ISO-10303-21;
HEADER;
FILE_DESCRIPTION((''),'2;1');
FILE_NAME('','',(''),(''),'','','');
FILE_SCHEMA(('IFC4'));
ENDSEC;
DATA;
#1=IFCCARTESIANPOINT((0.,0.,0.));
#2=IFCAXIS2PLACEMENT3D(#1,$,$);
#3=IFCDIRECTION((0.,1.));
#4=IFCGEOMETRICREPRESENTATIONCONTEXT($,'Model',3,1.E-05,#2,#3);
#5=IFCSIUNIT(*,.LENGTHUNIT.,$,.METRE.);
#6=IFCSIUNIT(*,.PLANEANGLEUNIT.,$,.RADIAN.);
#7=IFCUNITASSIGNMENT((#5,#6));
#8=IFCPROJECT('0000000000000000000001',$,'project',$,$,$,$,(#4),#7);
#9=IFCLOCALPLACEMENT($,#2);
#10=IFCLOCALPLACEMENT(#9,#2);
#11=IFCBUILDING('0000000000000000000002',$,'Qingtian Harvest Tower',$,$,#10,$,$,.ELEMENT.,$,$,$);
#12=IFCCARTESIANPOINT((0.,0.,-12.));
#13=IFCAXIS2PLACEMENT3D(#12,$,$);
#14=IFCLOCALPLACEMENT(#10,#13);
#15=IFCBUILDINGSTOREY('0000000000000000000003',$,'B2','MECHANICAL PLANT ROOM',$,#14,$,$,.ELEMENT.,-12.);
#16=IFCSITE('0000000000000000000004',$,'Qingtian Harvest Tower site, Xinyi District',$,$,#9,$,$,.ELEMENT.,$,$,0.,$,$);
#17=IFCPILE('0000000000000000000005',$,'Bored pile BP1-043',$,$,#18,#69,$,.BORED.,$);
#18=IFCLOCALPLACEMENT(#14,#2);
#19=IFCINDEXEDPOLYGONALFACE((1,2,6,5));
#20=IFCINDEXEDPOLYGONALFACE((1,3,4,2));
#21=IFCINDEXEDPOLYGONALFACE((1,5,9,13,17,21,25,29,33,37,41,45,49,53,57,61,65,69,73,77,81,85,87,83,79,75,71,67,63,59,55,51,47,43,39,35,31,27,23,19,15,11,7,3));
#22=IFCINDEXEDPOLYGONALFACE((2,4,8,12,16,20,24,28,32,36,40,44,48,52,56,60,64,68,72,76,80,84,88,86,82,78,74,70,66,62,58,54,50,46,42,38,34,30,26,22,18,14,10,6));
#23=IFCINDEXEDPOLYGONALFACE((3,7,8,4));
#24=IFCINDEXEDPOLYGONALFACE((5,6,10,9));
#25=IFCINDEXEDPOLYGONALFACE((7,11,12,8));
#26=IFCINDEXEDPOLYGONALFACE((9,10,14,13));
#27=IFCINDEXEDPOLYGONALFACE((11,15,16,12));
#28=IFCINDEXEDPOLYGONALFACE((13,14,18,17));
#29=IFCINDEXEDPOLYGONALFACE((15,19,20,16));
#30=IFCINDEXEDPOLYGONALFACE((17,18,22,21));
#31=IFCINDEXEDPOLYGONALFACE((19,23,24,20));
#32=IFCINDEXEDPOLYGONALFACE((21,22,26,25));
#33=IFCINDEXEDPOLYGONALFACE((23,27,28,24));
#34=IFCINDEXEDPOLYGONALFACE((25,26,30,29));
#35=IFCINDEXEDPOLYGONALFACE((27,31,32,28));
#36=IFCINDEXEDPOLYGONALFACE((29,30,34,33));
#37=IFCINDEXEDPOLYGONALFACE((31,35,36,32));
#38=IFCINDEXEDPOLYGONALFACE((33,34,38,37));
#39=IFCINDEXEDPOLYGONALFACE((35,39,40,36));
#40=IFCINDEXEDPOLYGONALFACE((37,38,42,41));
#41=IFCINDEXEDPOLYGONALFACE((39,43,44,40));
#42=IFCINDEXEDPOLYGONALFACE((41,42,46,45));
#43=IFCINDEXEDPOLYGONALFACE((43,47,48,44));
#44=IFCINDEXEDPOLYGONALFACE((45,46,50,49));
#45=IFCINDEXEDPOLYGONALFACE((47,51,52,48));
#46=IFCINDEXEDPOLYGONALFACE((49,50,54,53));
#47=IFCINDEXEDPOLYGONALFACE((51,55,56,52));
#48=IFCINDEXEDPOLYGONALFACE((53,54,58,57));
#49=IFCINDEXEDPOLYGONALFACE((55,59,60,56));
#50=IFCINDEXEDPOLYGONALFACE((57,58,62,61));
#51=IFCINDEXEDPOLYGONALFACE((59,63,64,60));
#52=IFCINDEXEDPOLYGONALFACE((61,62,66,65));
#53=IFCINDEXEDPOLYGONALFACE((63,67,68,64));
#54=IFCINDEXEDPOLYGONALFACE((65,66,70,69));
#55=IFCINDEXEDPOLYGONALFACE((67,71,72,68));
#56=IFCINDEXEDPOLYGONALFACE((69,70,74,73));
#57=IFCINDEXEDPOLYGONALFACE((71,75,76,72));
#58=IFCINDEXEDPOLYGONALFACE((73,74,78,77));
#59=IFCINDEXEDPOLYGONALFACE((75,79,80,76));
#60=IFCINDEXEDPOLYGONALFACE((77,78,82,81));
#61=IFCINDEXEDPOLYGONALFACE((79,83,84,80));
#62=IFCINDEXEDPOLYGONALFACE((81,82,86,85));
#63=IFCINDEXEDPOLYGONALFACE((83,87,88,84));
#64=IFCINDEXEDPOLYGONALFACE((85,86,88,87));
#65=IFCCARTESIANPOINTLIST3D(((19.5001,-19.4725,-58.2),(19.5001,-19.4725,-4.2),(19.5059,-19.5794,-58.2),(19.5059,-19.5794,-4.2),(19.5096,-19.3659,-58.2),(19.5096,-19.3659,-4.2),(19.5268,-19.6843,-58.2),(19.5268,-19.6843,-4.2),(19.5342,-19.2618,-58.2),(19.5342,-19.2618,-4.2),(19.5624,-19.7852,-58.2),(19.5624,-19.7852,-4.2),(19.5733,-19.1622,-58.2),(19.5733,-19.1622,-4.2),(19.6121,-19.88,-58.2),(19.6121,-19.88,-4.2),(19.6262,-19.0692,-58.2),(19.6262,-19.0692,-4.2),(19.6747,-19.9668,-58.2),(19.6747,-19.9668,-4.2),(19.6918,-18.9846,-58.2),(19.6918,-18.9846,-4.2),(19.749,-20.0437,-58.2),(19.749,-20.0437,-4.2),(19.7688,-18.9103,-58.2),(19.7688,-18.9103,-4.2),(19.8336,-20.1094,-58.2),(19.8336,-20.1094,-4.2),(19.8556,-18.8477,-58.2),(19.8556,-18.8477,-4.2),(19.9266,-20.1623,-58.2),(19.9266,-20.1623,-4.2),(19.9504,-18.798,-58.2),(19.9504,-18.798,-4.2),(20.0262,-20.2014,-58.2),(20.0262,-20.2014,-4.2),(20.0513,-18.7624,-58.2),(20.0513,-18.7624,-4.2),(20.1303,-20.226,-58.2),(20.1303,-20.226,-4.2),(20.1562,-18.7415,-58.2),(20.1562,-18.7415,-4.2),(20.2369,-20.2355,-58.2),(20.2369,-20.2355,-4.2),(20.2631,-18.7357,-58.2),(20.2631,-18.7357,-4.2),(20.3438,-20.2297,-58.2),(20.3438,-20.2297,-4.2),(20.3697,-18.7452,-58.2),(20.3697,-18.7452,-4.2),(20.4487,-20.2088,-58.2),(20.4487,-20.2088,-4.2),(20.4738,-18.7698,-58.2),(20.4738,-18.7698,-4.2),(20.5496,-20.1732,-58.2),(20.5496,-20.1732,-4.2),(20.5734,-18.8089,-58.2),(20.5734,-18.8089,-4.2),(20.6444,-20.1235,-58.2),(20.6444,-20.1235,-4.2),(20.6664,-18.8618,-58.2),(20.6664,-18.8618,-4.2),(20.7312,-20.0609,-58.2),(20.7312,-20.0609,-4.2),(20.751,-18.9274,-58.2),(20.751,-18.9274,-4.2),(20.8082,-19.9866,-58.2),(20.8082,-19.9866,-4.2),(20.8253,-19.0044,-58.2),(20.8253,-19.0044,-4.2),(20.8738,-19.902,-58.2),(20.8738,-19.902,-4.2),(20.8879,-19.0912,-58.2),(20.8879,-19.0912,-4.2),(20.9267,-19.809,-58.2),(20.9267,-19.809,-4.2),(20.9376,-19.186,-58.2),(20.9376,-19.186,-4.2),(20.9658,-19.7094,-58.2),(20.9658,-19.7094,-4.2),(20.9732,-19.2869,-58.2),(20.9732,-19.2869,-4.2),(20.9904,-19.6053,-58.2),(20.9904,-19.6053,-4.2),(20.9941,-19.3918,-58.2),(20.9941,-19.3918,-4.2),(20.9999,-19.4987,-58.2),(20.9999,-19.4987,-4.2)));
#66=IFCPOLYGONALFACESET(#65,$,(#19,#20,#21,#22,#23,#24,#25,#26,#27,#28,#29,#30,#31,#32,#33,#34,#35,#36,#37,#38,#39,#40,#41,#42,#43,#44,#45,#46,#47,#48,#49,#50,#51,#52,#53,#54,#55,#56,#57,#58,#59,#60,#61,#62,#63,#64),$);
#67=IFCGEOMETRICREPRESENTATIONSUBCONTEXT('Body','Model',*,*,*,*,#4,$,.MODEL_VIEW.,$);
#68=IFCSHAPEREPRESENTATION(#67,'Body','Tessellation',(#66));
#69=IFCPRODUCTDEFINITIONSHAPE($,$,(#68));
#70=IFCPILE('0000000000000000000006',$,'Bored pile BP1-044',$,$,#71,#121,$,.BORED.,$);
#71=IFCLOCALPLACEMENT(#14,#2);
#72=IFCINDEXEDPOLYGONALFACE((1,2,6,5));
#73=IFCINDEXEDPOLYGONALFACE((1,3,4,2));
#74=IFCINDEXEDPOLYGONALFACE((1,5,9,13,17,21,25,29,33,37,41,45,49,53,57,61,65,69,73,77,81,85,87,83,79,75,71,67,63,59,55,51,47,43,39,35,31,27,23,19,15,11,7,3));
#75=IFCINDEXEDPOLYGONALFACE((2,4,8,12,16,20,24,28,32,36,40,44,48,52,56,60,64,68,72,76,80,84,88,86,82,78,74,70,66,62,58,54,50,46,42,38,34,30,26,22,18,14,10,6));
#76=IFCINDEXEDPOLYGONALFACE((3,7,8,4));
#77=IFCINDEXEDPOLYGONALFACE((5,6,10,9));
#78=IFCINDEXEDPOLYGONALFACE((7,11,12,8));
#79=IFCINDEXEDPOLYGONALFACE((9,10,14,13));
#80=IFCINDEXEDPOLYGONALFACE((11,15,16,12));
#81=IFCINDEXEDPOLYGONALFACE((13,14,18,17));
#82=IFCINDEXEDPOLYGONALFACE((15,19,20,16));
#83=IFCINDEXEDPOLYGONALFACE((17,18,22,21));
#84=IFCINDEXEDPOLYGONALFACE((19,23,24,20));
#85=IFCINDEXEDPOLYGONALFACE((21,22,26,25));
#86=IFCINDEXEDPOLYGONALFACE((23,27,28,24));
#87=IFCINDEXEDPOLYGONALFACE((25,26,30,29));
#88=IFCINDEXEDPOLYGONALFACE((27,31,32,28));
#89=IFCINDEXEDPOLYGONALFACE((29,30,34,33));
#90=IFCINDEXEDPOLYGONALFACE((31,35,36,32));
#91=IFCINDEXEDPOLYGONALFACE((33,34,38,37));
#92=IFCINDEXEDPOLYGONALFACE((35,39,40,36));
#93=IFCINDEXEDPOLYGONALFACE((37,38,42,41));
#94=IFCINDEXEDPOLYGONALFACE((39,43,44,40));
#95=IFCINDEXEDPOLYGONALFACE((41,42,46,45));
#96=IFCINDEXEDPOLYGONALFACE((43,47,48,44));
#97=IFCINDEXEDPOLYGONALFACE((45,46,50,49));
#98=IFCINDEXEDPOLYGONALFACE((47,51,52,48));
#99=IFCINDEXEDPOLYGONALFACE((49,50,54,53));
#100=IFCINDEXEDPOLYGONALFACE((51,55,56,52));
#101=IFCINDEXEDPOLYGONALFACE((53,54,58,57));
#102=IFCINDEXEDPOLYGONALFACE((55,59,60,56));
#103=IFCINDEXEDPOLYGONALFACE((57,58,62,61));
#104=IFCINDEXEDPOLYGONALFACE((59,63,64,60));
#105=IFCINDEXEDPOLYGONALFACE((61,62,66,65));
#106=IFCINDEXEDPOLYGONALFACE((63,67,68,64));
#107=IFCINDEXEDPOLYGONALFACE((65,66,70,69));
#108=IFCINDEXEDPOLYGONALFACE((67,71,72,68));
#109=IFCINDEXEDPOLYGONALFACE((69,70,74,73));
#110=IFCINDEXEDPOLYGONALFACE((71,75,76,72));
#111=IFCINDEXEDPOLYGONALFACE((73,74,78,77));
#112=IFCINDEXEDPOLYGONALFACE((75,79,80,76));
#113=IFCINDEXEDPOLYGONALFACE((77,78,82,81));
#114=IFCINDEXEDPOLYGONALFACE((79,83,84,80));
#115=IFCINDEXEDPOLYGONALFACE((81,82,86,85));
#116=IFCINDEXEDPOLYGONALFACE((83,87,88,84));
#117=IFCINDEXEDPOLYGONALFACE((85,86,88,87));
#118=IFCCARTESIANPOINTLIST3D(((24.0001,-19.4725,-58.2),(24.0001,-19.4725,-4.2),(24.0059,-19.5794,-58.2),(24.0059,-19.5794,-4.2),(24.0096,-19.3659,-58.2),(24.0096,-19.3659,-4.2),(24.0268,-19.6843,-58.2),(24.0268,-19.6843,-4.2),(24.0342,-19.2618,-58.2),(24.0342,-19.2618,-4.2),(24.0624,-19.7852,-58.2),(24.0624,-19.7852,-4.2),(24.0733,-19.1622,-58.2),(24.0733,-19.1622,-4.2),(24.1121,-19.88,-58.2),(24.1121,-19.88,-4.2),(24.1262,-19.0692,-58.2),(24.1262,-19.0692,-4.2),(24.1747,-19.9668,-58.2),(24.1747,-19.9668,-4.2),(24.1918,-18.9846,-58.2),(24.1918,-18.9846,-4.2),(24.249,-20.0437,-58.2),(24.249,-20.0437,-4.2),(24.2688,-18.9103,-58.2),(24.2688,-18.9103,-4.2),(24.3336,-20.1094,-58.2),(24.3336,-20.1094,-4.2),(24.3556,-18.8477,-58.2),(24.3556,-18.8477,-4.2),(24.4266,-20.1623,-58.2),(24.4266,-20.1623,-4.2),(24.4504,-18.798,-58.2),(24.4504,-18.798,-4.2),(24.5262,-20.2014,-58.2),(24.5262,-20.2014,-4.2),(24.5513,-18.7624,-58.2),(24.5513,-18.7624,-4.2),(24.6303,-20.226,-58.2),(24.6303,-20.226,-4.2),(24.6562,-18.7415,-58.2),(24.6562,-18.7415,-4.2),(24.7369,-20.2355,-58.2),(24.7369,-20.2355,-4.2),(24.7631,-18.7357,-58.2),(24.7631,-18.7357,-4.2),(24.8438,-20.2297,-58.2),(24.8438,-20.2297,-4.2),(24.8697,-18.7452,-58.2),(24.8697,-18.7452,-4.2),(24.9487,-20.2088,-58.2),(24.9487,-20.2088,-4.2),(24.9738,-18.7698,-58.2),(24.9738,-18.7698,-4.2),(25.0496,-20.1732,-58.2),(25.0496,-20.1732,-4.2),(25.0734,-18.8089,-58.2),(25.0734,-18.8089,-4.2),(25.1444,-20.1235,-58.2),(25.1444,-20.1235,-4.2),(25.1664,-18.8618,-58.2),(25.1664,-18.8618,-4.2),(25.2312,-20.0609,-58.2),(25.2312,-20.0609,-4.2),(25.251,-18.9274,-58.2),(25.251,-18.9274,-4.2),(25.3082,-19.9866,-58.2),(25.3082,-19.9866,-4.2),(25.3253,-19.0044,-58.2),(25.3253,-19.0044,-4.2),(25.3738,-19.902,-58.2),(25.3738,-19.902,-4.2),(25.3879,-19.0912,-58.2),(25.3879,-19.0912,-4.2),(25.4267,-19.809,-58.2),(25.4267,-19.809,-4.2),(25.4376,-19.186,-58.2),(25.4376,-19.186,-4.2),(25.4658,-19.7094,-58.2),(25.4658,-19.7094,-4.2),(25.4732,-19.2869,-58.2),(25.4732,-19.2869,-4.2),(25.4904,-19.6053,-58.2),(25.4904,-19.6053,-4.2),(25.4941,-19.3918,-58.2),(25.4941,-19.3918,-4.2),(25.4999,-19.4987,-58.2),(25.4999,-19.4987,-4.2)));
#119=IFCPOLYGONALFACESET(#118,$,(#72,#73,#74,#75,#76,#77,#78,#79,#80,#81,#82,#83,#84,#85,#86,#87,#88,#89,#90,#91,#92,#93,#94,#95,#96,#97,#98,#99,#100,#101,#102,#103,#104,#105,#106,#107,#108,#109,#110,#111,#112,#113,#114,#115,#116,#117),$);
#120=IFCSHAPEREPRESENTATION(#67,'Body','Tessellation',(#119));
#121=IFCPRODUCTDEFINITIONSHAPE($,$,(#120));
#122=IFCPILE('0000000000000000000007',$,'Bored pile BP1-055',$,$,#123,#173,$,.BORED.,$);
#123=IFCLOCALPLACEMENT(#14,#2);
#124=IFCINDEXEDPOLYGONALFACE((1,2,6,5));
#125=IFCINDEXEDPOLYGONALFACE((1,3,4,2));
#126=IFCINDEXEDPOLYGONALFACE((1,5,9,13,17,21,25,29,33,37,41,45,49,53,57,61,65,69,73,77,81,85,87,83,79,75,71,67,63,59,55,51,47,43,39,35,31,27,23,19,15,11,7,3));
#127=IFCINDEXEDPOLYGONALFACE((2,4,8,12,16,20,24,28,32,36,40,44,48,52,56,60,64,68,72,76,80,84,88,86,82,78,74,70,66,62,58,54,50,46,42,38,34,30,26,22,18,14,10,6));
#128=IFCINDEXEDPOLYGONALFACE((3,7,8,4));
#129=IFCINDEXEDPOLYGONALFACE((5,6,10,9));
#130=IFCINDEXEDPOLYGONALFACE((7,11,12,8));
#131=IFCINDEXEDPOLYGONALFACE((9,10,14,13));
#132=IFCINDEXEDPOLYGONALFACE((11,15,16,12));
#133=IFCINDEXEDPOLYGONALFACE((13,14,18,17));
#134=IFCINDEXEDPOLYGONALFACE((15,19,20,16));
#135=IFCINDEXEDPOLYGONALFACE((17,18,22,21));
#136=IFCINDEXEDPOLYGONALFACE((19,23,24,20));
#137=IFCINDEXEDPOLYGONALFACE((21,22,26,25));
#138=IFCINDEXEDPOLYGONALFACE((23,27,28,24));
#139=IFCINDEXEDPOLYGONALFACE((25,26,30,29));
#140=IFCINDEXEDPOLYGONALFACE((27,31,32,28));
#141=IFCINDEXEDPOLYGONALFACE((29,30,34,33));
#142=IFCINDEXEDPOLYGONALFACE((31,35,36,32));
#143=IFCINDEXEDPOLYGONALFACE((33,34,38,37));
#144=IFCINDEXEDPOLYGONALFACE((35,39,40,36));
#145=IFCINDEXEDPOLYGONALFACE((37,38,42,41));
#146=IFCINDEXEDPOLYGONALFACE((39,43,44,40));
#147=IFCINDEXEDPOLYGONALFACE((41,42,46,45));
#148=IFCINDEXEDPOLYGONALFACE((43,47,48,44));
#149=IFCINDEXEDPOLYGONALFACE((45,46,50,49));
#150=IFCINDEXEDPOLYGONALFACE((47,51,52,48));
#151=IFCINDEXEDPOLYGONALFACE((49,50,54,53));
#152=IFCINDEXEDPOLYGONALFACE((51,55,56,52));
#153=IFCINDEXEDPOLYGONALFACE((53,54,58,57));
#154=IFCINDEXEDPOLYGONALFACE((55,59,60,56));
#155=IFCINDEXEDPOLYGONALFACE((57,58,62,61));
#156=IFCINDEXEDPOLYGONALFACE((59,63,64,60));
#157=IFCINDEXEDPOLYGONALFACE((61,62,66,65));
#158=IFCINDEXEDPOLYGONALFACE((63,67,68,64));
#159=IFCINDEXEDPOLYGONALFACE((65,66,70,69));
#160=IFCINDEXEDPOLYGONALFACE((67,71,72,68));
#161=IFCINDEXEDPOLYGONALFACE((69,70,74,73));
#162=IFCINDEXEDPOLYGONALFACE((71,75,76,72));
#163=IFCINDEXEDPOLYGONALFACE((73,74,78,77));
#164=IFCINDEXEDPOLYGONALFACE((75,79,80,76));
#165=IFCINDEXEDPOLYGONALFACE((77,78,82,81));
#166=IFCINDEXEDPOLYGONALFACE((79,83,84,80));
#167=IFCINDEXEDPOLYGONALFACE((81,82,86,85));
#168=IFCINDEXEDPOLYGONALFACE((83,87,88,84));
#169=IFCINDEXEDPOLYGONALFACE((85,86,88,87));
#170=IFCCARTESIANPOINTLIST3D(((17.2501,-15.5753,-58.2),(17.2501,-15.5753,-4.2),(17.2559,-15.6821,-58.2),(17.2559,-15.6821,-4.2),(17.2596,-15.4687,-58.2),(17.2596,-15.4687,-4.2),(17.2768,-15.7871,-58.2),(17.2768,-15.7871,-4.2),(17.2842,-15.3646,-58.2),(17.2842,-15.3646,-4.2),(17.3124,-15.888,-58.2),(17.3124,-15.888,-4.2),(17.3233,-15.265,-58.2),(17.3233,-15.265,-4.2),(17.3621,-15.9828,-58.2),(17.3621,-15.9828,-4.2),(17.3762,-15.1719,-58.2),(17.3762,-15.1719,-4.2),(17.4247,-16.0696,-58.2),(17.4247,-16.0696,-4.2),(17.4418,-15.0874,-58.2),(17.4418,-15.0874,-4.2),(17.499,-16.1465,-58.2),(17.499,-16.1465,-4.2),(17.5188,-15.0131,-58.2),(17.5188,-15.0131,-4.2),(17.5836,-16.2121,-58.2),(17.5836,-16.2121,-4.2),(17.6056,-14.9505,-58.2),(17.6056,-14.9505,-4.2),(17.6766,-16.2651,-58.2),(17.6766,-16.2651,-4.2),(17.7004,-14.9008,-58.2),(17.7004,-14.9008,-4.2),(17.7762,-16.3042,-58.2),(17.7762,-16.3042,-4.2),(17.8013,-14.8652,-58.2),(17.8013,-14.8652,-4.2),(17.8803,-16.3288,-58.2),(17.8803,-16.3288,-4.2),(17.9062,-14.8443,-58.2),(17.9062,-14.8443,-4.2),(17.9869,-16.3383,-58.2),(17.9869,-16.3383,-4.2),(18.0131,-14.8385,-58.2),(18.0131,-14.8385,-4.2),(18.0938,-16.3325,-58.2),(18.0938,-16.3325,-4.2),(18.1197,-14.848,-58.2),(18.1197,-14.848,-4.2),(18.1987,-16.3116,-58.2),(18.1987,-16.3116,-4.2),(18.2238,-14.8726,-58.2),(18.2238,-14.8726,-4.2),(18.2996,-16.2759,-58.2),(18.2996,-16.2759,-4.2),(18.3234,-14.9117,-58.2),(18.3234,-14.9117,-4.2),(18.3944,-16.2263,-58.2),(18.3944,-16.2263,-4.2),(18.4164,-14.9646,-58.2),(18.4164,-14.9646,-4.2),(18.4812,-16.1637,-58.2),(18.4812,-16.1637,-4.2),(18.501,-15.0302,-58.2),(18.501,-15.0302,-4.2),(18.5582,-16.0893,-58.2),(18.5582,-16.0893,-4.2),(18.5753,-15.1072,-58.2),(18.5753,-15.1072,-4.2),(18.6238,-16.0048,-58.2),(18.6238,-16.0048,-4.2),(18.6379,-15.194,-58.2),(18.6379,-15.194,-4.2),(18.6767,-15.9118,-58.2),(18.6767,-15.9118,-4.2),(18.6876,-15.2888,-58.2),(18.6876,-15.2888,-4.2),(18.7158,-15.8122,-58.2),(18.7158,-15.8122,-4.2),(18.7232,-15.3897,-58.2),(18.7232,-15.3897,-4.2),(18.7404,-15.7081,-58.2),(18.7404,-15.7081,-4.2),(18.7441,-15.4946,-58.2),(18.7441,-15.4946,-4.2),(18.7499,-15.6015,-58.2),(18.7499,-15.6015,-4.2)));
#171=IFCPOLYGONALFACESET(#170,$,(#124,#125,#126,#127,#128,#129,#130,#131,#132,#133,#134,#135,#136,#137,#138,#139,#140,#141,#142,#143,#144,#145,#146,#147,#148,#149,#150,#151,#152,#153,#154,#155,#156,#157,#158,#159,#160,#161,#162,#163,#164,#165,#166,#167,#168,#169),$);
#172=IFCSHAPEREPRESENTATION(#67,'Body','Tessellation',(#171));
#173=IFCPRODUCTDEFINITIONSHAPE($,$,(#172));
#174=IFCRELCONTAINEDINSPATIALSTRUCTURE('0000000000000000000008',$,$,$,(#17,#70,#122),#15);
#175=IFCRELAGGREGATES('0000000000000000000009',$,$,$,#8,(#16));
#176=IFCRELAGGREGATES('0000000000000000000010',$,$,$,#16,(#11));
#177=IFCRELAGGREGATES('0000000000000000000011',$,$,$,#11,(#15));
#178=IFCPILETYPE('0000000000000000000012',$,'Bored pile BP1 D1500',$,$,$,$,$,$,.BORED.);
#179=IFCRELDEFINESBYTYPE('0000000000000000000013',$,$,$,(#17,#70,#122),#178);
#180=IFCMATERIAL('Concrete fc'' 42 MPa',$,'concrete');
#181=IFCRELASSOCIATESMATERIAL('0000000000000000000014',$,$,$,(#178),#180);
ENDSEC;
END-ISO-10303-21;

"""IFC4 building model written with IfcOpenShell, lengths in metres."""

from ifc_helpers import new_model, si_unit, direction, frame, frame_2d, origin, place, context, subcontext, project, spatial, circle, extrude, material, material_profile, profile_set, type_object, element, save


model = new_model("IFC4")

# Units and contexts
model_context = context("Model", 3, precision=1e-05, world=origin(), true_north=direction((0.0, 1.0)))
body_context = subcontext(model_context, "Body", "Model", "MODEL_VIEW")
ifc_project = project(units=[si_unit("LENGTHUNIT", "METRE"), si_unit("PLANEANGLEUNIT", "RADIAN")], contexts=[model_context])

# Site, building, storey
site_placement = place(None, origin())
site = spatial("IfcSite", under=ifc_project, at=site_placement, Name="Qingtian Harvest Tower site, Xinyi District", CompositionType="ELEMENT", RefElevation=0.0)
building_placement = place(site_placement, origin())
building = spatial("IfcBuilding", under=site, at=building_placement, Name="Qingtian Harvest Tower", CompositionType="ELEMENT")
storey_placement = place(building_placement, frame((0.0, 0.0, -12.0)))
storey = spatial("IfcBuildingStorey", under=building, at=storey_placement, Name="B2", Description="MECHANICAL PLANT ROOM", CompositionType="ELEMENT", Elevation=-12.0)

# Piles
ifc_material_1 = material(Name="Concrete fc' 42 MPa", Category="concrete")
ifc_material_profile_1 = material_profile(ifc_material_1, circle(Radius=0.75, at=frame_2d((0.0, 0.0), x_axis=(0.999848, 0.017452))), Name="Bored pile BP1 D1500")
ifc_profile_set_1 = profile_set([ifc_material_profile_1], Name="Concrete fc' 42 MPa")
pile_type = type_object("IfcPileType", Name="Bored pile BP1 D1500", PredefinedType="BORED", material=ifc_profile_set_1)
for number, where, z_axis, x_axis, name in (
    (1, (20.25, -19.4856, -4.2), (0.0, 0.0, -1.0), (1.0, 0.0, 0.0), "Bored pile BP1-043"),
    (2, (24.75, -19.4856, -4.2), (0.0, 0.0, -1.0), (1.0, 0.0, 0.0), "Bored pile BP1-044"),
    (3, (18.0, -15.5884, -4.2), (0.0, 0.0, -1.0), (1.0, 0.0, 0.0), "Bored pile BP1-055"),
):
    element("IfcPile", number, at=place(storey_placement, frame(where, z_axis=z_axis, x_axis=x_axis)), inside=storey, type_object=pile_type, Name=name, PredefinedType="BORED", context=body_context, shape_type="SweptSolid", body=[
        extrude(circle(Radius=0.75, at=frame_2d((0.0, 0.0), x_axis=(0.999848, 0.017452))), origin(), (0.0, 0.0, 1.0), 54.0),
    ])

save(model, "model.ifc")
